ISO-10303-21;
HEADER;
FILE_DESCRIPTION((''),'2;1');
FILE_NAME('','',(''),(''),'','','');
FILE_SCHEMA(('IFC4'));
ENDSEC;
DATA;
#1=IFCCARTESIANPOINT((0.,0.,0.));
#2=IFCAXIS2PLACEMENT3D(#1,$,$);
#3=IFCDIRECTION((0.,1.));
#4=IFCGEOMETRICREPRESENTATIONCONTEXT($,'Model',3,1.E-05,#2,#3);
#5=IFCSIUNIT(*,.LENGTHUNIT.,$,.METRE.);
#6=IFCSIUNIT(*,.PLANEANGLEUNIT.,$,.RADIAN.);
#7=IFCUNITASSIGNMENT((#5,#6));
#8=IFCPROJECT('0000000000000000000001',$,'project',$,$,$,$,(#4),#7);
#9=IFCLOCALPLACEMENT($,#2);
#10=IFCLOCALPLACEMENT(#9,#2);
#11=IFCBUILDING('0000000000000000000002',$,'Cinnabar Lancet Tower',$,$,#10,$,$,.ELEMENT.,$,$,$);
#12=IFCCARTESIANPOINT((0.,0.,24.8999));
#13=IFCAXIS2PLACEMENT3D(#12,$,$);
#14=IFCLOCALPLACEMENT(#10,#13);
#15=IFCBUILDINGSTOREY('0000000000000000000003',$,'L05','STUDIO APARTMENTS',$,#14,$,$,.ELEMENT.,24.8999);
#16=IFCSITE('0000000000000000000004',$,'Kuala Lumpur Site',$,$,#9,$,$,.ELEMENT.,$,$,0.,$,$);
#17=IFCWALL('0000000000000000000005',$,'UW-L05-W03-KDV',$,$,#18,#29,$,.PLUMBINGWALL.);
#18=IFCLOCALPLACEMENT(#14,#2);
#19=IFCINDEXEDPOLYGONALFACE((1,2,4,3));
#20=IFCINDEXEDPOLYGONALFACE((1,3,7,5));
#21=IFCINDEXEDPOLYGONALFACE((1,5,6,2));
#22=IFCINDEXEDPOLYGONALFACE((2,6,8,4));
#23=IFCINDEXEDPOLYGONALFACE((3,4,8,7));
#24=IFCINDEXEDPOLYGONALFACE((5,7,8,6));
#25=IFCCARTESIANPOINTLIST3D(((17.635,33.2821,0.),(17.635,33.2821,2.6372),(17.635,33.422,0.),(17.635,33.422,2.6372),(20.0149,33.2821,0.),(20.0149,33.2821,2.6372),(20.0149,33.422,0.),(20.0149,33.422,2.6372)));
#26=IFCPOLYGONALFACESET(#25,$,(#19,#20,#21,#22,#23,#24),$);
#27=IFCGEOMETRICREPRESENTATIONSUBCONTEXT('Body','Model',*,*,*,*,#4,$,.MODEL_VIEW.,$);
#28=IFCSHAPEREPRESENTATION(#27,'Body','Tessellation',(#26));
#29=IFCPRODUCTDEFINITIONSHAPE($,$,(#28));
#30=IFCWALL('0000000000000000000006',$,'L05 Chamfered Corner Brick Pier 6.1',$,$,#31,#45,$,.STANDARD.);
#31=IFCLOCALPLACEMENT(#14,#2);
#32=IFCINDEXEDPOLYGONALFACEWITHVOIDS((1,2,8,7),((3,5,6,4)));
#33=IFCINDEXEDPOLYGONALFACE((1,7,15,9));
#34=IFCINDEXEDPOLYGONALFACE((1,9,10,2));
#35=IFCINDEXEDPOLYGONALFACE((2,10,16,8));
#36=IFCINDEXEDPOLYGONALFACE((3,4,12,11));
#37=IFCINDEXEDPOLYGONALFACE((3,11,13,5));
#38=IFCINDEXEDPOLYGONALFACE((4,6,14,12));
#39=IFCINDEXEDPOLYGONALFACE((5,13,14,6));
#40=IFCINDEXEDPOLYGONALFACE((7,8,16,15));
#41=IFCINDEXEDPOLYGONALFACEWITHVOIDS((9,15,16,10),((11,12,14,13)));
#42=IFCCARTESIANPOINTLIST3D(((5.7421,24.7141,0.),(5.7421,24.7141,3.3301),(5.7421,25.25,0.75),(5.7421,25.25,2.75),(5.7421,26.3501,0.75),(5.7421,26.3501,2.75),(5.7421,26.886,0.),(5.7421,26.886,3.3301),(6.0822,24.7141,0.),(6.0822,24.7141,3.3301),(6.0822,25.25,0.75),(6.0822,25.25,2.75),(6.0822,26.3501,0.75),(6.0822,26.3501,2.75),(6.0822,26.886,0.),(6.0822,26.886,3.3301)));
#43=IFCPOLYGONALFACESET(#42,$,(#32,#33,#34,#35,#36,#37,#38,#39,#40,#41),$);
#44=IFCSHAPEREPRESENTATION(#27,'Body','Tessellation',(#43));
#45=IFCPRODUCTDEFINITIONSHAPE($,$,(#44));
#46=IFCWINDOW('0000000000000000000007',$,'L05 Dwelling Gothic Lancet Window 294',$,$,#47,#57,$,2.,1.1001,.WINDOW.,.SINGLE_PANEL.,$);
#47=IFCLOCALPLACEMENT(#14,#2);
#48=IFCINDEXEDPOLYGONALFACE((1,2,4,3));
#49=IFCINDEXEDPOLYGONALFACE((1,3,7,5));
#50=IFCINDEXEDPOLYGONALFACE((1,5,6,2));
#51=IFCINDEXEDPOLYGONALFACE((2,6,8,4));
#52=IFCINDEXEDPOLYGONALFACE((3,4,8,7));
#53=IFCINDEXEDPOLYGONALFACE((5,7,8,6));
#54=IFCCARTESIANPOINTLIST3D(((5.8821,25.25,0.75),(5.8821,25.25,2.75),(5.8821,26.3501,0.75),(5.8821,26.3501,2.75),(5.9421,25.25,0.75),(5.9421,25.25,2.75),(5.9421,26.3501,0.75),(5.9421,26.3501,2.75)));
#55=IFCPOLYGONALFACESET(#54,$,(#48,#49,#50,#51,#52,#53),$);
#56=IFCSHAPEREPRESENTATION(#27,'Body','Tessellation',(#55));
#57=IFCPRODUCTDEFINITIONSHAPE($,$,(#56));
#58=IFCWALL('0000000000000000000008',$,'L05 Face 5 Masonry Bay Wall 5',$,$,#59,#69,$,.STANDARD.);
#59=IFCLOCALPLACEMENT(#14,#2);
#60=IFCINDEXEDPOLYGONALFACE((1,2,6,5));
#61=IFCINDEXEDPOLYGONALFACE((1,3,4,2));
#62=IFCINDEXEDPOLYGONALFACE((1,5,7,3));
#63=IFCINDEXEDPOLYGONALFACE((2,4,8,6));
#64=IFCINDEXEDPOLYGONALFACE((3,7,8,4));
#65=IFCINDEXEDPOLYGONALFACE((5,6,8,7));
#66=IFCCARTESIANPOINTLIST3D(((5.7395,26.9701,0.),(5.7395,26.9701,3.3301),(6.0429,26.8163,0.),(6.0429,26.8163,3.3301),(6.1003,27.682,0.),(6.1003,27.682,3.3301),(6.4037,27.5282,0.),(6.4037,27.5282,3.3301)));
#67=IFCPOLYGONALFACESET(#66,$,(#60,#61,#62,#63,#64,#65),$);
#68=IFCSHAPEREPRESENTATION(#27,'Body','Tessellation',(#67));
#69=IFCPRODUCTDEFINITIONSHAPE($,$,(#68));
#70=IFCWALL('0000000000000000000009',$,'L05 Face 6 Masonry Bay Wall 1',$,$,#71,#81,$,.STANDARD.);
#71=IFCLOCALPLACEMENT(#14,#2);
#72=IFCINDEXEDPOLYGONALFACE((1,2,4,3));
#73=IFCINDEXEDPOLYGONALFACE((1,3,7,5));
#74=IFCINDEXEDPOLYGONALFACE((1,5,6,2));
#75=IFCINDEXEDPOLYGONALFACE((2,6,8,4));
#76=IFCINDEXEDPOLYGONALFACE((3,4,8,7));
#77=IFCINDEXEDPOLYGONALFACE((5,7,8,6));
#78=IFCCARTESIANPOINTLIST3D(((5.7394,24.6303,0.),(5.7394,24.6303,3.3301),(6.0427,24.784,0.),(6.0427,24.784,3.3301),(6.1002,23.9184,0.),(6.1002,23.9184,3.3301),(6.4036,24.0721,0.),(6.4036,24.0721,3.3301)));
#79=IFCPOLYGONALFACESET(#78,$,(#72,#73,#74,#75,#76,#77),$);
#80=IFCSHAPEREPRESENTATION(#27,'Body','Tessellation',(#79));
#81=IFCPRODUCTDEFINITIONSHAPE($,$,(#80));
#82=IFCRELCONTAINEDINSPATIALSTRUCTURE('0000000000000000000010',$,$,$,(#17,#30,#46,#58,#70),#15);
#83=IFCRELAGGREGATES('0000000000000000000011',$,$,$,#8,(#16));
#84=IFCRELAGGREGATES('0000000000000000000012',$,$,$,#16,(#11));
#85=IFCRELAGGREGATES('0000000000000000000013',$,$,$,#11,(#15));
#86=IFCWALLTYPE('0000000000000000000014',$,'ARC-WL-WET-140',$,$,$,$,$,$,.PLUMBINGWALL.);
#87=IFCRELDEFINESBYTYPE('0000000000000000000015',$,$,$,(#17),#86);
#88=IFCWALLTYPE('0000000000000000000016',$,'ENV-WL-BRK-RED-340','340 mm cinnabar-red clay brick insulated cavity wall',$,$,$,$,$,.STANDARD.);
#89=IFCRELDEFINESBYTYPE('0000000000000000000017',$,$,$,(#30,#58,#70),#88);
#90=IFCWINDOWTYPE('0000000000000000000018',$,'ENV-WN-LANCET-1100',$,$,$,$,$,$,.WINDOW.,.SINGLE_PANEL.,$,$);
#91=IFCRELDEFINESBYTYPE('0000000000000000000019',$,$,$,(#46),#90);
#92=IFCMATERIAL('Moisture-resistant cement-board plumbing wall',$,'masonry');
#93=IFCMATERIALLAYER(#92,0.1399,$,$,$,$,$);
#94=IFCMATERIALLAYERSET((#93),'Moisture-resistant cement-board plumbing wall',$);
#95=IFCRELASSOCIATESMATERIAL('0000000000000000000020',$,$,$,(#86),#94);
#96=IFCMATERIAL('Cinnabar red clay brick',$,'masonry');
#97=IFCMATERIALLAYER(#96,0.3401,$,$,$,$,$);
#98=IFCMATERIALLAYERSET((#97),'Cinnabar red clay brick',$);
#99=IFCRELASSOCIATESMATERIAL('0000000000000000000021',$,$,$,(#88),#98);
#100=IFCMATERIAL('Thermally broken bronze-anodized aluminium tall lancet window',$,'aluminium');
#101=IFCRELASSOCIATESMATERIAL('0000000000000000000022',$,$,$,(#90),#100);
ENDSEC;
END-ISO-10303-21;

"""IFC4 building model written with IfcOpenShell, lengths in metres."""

from ifc_helpers import new_model, si_unit, direction, frame, frame_2d, origin, place, context, subcontext, project, spatial, rectangle, extrude, material, layer, layer_set, type_object, element, fill, save


model = new_model("IFC4")

# Units and contexts
model_context = context("Model", 3, precision=1e-05, world=origin(), true_north=direction((0.0, 1.0)))
body_context = subcontext(model_context, "Body", "Model", "MODEL_VIEW")
ifc_project = project(units=[si_unit("LENGTHUNIT", "METRE"), si_unit("PLANEANGLEUNIT", "RADIAN")], contexts=[model_context])

# Site, building, storey
site_placement = place(None, origin())
site = spatial("IfcSite", under=ifc_project, at=site_placement, Name="Kuala Lumpur Site", CompositionType="ELEMENT", RefElevation=0.0)
building_placement = place(site_placement, origin())
building = spatial("IfcBuilding", under=site, at=building_placement, Name="Cinnabar Lancet Tower", CompositionType="ELEMENT")
storey_placement = place(building_placement, frame((0.0, 0.0, 24.8999)))
storey = spatial("IfcBuildingStorey", under=building, at=storey_placement, Name="L05", Description="STUDIO APARTMENTS", CompositionType="ELEMENT", Elevation=24.8999)

# Shared definitions
ifc_material_1 = material(Name="Moisture-resistant cement-board plumbing wall", Category="masonry")
ifc_layer_1 = layer(ifc_material_1, 0.1399)
ifc_layer_set_1 = layer_set([ifc_layer_1], Name="Moisture-resistant cement-board plumbing wall")
wall_type_1 = type_object("IfcWallType", Name="ARC-WL-WET-140", PredefinedType="PLUMBINGWALL", material=ifc_layer_set_1)

# Wall
wall_1_placement = place(storey_placement, frame((17.635, 33.3521, 0.0), z_axis=(0.0, 0.0, 1.0), x_axis=(1.0, 0.0, 0.0)))
element("IfcWall", 1, at=wall_1_placement, inside=storey, type_object=wall_type_1, Name="UW-L05-W03-KDV", PredefinedType="PLUMBINGWALL", context=body_context, shape_type="SweptSolid", body=[
    extrude(rectangle(XDim=2.3799, YDim=0.1399, at=frame_2d((1.1899, 0.0))), origin(), (0.0, 0.0, 1.0), 2.6372),
])

# Wall, opening, window
ifc_material_2 = material(Name="Cinnabar red clay brick", Category="masonry")
ifc_layer_2 = layer(ifc_material_2, 0.3401)
ifc_layer_set_2 = layer_set([ifc_layer_2], Name="Cinnabar red clay brick")
wall_type_2 = type_object("IfcWallType", Name="ENV-WL-BRK-RED-340", Description="340 mm cinnabar-red clay brick insulated cavity wall", PredefinedType="STANDARD", material=ifc_layer_set_2)
wall_2_placement = place(storey_placement, frame((5.9121, 26.886, 0.0), z_axis=(0.0, 0.0, 1.0), x_axis=(0.0, -1.0, 0.0)))
wall_2 = element("IfcWall", 2, at=wall_2_placement, inside=storey, type_object=wall_type_2, Name="L05 Chamfered Corner Brick Pier 6.1", PredefinedType="STANDARD", context=body_context, shape_type="SweptSolid", body=[
    extrude(rectangle(XDim=2.1719, YDim=0.3401, at=frame_2d((1.0859, 0.0))), origin(), (0.0, 0.0, 1.0), 3.3301),
])
opening_1_placement = place(wall_2_placement, frame((0.5359, 0.0, 0.75)))
opening_1 = element("IfcOpeningElement", 3, at=opening_1_placement, cuts=wall_2, PredefinedType="OPENING", context=body_context, shape_type="SweptSolid", body=[
    extrude(rectangle(XDim=1.1001, YDim=2.0, at=frame_2d((0.55, 1.0))), frame((0.0, 0.1799, 0.0), z_axis=(0.0, -1.0, 0.0), x_axis=(1.0, 0.0, 0.0)), (0.0, 0.0, 1.0), 0.3601),
])
ifc_material_3 = material(Name="Thermally broken bronze-anodized aluminium tall lancet window", Category="aluminium")
window_type = type_object("IfcWindowType", Name="ENV-WN-LANCET-1100", PartitioningType="SINGLE_PANEL", PredefinedType="WINDOW", material=ifc_material_3)
window_placement = place(opening_1_placement, origin())
window = element("IfcWindow", 4, at=window_placement, inside=storey, type_object=window_type, Name="L05 Dwelling Gothic Lancet Window 294", OverallHeight=2.0, OverallWidth=1.1001, PartitioningType="SINGLE_PANEL", PredefinedType="WINDOW", context=body_context, shape_type="SweptSolid", body=[
    extrude(rectangle(XDim=1.1001, YDim=2.0, at=frame_2d((0.55, 1.0))), frame((0.0, 0.03, 0.0), z_axis=(0.0, -1.0, 0.0), x_axis=(1.0, 0.0, 0.0)), (0.0, 0.0, 1.0), 0.0601),
])
fill(opening_1, window)

# Walls
for number, where, z_axis, x_axis, name in (
    (5, (6.252, 27.605, 0.0), (0.0, 0.0, 1.0), (-0.452101, -0.891967, 0.0), "L05 Face 5 Masonry Bay Wall 5"),
    (6, (5.8911, 24.707, 0.0), (0.0, 0.0, 1.0), (0.452101, -0.891967, 0.0), "L05 Face 6 Masonry Bay Wall 1"),
):
    element("IfcWall", number, at=place(storey_placement, frame(where, z_axis=z_axis, x_axis=x_axis)), inside=storey, type_object=wall_type_2, Name=name, PredefinedType="STANDARD", context=body_context, shape_type="SweptSolid", body=[
        extrude(rectangle(XDim=0.7981, YDim=0.3401, at=frame_2d((0.3989, 0.0))), origin(), (0.0, 0.0, 1.0), 3.3301),
    ])

save(model, "model.ifc")
